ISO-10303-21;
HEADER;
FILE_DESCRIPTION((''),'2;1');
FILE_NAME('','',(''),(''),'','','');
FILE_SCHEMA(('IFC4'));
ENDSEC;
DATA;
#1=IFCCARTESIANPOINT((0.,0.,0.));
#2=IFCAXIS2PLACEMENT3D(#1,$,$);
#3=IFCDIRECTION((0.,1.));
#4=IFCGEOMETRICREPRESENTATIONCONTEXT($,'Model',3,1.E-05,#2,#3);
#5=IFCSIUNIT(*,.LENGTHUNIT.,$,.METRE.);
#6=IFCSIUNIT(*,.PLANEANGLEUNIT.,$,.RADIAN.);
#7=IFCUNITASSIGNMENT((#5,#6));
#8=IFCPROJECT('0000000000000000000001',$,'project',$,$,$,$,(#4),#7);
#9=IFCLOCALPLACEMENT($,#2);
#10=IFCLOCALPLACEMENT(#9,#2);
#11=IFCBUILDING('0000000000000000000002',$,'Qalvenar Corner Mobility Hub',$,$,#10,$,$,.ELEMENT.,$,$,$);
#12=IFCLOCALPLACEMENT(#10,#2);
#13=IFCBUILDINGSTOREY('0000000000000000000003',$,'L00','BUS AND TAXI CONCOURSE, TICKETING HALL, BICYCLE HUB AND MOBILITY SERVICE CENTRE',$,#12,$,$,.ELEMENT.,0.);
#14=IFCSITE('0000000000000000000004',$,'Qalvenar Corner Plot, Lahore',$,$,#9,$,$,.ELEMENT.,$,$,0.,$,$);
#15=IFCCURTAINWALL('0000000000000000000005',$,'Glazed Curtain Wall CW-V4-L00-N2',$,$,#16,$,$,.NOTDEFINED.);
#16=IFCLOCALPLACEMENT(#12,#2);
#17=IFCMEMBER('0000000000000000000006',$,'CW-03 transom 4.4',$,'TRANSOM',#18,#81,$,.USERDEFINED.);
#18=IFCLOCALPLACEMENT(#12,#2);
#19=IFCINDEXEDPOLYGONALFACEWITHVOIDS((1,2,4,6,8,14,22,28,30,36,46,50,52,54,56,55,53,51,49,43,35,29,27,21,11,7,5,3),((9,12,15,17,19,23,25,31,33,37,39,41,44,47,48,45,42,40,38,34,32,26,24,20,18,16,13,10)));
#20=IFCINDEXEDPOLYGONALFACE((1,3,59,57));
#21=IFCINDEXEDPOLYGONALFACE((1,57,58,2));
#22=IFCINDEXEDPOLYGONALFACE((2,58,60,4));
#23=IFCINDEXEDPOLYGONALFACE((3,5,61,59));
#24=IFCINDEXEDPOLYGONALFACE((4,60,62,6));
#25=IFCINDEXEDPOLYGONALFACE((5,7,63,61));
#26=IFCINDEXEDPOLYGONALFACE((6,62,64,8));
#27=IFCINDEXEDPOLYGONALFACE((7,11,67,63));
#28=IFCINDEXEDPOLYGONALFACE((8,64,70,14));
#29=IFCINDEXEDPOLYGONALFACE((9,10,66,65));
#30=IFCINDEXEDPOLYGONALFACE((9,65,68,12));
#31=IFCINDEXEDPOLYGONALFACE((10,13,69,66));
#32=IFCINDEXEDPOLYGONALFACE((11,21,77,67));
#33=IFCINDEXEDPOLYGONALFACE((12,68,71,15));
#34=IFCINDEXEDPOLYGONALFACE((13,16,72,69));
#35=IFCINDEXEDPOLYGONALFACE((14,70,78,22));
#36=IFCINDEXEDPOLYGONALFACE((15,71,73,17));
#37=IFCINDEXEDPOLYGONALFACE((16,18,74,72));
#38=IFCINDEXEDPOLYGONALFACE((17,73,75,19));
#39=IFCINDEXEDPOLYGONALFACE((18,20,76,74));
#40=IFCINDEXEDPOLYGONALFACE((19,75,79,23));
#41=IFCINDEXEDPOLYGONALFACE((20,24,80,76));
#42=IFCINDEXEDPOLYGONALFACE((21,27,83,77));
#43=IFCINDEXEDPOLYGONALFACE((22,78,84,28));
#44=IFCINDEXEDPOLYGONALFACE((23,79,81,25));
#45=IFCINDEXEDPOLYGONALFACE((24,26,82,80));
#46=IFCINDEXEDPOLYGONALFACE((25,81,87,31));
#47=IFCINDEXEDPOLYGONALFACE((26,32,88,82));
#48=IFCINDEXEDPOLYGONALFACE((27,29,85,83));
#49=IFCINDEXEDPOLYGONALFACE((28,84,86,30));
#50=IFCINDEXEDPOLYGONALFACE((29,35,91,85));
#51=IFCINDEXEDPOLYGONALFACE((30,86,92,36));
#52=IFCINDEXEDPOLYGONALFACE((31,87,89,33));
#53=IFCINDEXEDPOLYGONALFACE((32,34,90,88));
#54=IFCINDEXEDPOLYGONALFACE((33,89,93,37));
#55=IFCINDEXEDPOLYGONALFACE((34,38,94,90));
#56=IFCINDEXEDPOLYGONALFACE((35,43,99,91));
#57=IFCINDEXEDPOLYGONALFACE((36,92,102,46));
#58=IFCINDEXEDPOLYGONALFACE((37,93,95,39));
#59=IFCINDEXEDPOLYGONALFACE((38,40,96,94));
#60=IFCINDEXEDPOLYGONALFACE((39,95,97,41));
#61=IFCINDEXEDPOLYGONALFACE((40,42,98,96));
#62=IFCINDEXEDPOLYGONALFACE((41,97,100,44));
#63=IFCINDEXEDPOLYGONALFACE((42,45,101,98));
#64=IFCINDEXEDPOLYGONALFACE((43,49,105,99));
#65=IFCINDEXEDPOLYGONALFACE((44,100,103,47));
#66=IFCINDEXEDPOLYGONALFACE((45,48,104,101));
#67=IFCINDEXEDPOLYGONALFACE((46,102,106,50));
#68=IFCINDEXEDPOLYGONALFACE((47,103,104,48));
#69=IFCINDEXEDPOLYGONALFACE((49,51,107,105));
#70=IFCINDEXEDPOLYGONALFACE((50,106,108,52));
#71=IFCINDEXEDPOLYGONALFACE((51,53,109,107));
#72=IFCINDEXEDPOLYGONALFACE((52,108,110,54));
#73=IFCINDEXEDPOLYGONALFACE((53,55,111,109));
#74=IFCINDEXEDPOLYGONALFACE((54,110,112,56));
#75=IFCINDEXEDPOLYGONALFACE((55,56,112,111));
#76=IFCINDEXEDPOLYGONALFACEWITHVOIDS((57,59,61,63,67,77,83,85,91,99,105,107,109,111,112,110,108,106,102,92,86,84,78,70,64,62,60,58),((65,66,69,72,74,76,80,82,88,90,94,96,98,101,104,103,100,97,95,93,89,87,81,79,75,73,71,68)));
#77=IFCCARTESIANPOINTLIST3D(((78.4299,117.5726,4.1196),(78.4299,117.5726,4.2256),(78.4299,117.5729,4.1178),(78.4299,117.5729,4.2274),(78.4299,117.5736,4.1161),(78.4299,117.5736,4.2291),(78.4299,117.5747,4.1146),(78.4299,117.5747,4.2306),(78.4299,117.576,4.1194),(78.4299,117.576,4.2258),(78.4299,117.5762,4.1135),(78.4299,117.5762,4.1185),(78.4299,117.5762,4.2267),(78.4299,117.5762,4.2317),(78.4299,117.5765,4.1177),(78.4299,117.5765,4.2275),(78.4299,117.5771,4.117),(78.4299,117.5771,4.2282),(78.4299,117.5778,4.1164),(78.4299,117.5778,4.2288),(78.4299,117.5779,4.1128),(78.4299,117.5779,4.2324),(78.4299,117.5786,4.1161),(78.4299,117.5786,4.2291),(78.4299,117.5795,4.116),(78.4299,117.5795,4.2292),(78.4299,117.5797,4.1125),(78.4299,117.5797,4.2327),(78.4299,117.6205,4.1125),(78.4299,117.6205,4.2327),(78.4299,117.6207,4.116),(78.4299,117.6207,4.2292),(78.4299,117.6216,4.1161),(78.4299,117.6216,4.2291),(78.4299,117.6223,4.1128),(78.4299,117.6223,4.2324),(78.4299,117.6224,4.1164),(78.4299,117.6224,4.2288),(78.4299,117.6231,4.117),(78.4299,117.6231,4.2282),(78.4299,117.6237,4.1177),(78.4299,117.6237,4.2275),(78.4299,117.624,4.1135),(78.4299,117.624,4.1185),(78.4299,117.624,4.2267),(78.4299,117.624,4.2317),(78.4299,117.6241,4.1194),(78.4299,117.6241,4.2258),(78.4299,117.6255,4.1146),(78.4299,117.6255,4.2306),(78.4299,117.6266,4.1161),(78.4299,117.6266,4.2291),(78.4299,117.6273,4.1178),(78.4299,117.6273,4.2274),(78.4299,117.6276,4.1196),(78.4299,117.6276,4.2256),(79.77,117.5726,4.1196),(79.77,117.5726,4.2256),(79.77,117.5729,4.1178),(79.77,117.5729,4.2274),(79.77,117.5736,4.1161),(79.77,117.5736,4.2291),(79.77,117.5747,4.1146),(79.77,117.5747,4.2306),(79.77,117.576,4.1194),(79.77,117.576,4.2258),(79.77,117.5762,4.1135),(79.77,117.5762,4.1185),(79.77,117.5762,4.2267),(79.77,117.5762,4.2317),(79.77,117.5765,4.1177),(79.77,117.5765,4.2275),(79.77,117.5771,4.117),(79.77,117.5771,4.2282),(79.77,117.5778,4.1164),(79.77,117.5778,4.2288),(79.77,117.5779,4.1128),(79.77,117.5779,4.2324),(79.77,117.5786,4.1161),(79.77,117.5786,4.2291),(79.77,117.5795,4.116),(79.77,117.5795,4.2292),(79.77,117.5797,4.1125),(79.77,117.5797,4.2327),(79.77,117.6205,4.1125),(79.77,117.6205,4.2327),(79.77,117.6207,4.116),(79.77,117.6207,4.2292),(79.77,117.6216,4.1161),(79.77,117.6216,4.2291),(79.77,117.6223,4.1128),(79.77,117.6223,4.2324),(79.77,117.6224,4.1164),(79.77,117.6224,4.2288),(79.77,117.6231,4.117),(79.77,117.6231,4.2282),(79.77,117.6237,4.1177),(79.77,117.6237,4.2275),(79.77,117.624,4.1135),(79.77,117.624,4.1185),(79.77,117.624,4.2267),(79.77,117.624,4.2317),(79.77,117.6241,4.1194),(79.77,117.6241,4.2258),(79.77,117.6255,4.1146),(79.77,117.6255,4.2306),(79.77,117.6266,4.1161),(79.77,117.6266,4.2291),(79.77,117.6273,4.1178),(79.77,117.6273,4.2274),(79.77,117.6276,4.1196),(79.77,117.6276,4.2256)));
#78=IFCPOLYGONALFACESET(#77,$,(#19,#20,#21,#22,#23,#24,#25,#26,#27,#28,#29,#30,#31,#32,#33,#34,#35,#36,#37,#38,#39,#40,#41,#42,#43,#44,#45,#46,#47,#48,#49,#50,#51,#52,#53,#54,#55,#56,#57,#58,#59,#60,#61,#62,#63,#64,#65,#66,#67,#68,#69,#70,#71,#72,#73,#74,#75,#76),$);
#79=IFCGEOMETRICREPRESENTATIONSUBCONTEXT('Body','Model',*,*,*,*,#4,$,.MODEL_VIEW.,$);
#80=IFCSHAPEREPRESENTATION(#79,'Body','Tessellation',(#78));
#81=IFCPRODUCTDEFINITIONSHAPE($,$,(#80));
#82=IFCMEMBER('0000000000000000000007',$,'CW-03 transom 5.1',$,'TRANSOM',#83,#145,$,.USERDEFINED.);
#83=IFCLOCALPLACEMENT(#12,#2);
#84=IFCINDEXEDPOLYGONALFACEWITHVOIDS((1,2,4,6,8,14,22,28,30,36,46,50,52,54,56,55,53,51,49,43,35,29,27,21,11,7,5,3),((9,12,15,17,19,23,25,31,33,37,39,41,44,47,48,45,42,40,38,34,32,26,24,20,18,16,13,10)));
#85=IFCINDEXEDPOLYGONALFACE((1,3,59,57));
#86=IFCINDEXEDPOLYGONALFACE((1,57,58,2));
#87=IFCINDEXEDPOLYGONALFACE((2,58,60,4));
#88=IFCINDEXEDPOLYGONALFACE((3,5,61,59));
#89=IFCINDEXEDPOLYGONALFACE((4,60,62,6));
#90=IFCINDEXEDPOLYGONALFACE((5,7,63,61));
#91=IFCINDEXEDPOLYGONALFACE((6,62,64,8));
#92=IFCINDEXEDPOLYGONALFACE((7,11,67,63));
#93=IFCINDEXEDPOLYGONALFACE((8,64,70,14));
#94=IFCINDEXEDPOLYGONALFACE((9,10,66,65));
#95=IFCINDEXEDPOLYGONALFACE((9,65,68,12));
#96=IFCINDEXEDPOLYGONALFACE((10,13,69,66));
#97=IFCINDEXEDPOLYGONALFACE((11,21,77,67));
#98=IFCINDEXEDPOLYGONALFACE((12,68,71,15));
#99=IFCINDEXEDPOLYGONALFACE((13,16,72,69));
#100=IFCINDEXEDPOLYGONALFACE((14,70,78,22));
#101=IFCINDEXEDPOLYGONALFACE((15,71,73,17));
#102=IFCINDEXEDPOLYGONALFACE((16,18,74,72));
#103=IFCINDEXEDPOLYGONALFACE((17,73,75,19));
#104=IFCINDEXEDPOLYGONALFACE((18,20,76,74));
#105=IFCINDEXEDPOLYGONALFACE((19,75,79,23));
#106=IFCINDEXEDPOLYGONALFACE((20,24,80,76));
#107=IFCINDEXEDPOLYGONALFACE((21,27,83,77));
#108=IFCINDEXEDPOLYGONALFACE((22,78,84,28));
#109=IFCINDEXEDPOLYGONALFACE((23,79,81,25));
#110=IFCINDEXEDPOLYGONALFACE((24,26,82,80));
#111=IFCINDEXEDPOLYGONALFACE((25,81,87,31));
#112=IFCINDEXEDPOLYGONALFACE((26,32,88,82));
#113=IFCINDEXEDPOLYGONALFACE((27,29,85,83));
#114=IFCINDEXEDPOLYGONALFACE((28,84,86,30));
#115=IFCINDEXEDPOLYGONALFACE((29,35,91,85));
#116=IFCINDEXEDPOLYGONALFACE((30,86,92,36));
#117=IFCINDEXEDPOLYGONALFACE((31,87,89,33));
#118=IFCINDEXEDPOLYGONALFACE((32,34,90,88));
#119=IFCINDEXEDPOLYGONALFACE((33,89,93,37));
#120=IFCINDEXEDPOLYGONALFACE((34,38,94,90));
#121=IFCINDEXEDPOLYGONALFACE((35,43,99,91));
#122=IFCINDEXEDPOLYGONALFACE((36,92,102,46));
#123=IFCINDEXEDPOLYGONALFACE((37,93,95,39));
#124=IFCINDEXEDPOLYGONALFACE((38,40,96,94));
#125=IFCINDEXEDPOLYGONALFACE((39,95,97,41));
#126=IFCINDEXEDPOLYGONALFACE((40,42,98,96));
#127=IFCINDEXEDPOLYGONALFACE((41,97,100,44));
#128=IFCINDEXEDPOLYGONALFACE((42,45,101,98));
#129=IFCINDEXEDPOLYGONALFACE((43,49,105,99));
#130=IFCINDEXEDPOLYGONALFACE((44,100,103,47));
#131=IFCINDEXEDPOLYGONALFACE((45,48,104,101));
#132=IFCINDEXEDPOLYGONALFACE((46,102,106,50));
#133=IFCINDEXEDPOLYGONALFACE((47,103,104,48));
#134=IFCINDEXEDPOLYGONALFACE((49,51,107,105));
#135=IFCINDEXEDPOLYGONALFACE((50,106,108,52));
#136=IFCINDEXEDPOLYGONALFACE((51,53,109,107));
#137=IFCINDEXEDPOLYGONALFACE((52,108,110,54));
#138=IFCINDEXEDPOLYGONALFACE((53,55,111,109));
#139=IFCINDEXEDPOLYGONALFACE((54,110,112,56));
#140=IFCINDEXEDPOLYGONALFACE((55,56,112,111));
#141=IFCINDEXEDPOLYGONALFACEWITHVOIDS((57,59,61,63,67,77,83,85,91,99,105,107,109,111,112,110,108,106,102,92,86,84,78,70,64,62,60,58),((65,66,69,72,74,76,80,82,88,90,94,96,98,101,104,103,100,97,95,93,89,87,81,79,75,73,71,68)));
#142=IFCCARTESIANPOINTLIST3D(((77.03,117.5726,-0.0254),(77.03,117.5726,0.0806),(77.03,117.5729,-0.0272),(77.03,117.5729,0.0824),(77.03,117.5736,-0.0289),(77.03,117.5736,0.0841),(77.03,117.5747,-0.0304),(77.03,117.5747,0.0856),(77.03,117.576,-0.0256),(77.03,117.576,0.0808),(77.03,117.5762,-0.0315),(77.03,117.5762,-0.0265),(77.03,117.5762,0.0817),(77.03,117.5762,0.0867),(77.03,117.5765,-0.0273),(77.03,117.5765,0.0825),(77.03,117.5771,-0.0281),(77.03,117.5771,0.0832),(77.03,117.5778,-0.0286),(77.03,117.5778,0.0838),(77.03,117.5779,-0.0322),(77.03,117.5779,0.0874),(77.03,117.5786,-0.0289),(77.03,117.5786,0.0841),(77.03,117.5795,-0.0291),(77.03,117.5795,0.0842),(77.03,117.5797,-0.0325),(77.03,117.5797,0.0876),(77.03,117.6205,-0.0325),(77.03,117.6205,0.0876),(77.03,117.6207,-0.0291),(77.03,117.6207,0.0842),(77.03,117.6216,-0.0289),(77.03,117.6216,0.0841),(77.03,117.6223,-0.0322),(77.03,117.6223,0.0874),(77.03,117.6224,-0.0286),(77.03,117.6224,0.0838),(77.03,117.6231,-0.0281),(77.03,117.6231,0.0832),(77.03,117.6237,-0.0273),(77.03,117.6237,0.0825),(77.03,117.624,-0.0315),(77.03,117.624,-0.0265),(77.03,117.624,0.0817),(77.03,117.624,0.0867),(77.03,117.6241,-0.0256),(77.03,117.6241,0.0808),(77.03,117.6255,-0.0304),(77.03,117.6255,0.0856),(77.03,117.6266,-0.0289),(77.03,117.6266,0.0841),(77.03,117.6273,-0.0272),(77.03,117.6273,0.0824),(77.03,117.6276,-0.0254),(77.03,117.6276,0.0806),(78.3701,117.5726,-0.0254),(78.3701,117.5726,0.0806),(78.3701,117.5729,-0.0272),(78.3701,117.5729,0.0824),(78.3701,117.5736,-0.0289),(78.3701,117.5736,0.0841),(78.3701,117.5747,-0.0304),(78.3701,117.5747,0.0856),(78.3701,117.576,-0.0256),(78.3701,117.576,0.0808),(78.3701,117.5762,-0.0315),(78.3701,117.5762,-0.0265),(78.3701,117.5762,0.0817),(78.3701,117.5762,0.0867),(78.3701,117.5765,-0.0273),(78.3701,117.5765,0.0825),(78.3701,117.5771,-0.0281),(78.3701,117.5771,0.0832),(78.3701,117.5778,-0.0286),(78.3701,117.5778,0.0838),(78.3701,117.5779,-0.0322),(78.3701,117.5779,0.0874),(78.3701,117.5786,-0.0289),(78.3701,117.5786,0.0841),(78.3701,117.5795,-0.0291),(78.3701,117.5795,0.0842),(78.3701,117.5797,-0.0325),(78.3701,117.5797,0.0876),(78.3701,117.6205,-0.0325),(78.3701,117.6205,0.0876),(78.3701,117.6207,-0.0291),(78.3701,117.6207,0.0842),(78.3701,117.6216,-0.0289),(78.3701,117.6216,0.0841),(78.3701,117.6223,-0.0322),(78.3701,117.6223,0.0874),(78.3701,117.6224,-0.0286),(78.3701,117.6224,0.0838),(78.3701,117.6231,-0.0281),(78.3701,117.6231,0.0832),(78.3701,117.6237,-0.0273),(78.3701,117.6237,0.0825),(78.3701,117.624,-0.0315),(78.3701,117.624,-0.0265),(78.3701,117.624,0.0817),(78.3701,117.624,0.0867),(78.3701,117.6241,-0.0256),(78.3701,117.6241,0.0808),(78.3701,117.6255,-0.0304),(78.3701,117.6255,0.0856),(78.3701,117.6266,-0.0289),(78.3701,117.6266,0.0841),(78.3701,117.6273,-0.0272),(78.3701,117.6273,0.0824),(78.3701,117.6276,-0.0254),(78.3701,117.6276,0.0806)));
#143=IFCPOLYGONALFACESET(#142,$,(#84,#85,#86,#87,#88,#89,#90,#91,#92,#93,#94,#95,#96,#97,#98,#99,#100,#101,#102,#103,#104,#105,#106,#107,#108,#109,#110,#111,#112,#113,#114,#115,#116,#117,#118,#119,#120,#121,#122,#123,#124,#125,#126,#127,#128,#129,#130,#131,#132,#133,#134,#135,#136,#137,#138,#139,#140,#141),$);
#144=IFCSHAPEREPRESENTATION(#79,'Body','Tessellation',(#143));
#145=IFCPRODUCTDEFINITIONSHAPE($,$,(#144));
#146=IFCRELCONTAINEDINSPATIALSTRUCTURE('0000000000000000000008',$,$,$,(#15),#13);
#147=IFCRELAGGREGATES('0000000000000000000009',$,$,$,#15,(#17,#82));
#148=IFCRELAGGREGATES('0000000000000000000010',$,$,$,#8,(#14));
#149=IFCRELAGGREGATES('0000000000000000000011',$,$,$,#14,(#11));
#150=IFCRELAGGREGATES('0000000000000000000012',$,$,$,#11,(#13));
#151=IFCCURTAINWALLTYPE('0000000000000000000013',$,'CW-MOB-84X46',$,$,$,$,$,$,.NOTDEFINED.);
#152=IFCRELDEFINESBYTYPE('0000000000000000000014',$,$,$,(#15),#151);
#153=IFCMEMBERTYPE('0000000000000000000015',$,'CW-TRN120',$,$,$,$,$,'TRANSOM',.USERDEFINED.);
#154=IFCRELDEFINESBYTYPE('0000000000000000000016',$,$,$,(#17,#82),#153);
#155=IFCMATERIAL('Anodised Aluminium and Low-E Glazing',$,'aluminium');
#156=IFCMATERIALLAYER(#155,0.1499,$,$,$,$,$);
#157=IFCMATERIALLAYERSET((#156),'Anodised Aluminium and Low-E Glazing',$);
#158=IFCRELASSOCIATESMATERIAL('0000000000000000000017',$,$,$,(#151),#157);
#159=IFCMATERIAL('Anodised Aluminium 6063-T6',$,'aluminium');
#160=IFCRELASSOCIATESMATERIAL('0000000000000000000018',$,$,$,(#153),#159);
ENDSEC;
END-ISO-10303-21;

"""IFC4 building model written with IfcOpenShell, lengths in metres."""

from ifc_helpers import new_model, si_unit, direction, frame, origin, origin_2d, place, context, subcontext, project, spatial, hollow_rectangle, extrude, material, layer, layer_set, material_profile, profile_set, type_object, element, aggregate, save


model = new_model("IFC4")

# Units and contexts
model_context = context("Model", 3, precision=1e-05, world=origin(), true_north=direction((0.0, 1.0)))
body_context = subcontext(model_context, "Body", "Model", "MODEL_VIEW")
ifc_project = project(units=[si_unit("LENGTHUNIT", "METRE"), si_unit("PLANEANGLEUNIT", "RADIAN")], contexts=[model_context])

# Site, building, storey
site_placement = place(None, origin())
site = spatial("IfcSite", under=ifc_project, at=site_placement, Name="Qalvenar Corner Plot, Lahore", CompositionType="ELEMENT", RefElevation=0.0)
building_placement = place(site_placement, origin())
building = spatial("IfcBuilding", under=site, at=building_placement, Name="Qalvenar Corner Mobility Hub", CompositionType="ELEMENT")
storey_placement = place(building_placement, origin())
storey = spatial("IfcBuildingStorey", under=building, at=storey_placement, Name="L00", Description="BUS AND TAXI CONCOURSE, TICKETING HALL, BICYCLE HUB AND MOBILITY SERVICE CENTRE", CompositionType="ELEMENT", Elevation=0.0)

# Curtain wall, members
ifc_material_1 = material(Name="Anodised Aluminium and Low-E Glazing", Category="aluminium")
ifc_layer_1 = layer(ifc_material_1, 0.1499)
ifc_layer_set_1 = layer_set([ifc_layer_1], Name="Anodised Aluminium and Low-E Glazing")
curtain_wall_type = type_object("IfcCurtainWallType", Name="CW-MOB-84X46", PredefinedType="NOTDEFINED", material=ifc_layer_set_1)
curtain_wall_placement = place(storey_placement, origin())
curtain_wall = element("IfcCurtainWall", 1, at=curtain_wall_placement, inside=storey, type_object=curtain_wall_type, Name="Glazed Curtain Wall CW-V4-L00-N2", PredefinedType="NOTDEFINED")
ifc_material_2 = material(Name="Anodised Aluminium 6063-T6", Category="aluminium")
ifc_material_profile_1 = material_profile(ifc_material_2, hollow_rectangle(XDim=0.0549, YDim=0.1201, WallThickness=0.0034, InnerFilletRadius=0.0034, OuterFilletRadius=0.0071, at=origin_2d()), Name="RHS120x55x3.5")
ifc_profile_set_1 = profile_set([ifc_material_profile_1], Name="Anodised Aluminium 6063-T6")
member_type_1 = type_object("IfcMemberType", Name="CW-TRN120", ElementType="TRANSOM", PredefinedType="USERDEFINED", material=ifc_profile_set_1)
member_1_placement = place(storey_placement, frame((79.77, 117.6001, 4.1726), z_axis=(-1.0, 0.0, 0.0), x_axis=(0.0, -1.0, 0.0)))
member_1 = element("IfcMember", 2, at=member_1_placement, type_object=member_type_1, Name="CW-03 transom 4.4", ObjectType="TRANSOM", PredefinedType="USERDEFINED", context=body_context, shape_type="SweptSolid", body=[
    extrude(hollow_rectangle(XDim=0.0549, YDim=0.1201, WallThickness=0.0034, InnerFilletRadius=0.0034, OuterFilletRadius=0.0071, at=origin_2d()), origin(), (0.0, 0.0, 1.0), 1.3401),
])
member_2_placement = place(storey_placement, frame((78.3701, 117.6001, 0.0276), z_axis=(-1.0, 0.0, 0.0), x_axis=(0.0, -1.0, 0.0)))
member_2 = element("IfcMember", 3, at=member_2_placement, type_object=member_type_1, Name="CW-03 transom 5.1", ObjectType="TRANSOM", PredefinedType="USERDEFINED", context=body_context, shape_type="SweptSolid", body=[
    extrude(hollow_rectangle(XDim=0.0549, YDim=0.1201, WallThickness=0.0034, InnerFilletRadius=0.0034, OuterFilletRadius=0.0071, at=origin_2d()), origin(), (0.0, 0.0, 1.0), 1.3401),
])
aggregate(curtain_wall, [member_1, member_2])

save(model, "model.ifc")
